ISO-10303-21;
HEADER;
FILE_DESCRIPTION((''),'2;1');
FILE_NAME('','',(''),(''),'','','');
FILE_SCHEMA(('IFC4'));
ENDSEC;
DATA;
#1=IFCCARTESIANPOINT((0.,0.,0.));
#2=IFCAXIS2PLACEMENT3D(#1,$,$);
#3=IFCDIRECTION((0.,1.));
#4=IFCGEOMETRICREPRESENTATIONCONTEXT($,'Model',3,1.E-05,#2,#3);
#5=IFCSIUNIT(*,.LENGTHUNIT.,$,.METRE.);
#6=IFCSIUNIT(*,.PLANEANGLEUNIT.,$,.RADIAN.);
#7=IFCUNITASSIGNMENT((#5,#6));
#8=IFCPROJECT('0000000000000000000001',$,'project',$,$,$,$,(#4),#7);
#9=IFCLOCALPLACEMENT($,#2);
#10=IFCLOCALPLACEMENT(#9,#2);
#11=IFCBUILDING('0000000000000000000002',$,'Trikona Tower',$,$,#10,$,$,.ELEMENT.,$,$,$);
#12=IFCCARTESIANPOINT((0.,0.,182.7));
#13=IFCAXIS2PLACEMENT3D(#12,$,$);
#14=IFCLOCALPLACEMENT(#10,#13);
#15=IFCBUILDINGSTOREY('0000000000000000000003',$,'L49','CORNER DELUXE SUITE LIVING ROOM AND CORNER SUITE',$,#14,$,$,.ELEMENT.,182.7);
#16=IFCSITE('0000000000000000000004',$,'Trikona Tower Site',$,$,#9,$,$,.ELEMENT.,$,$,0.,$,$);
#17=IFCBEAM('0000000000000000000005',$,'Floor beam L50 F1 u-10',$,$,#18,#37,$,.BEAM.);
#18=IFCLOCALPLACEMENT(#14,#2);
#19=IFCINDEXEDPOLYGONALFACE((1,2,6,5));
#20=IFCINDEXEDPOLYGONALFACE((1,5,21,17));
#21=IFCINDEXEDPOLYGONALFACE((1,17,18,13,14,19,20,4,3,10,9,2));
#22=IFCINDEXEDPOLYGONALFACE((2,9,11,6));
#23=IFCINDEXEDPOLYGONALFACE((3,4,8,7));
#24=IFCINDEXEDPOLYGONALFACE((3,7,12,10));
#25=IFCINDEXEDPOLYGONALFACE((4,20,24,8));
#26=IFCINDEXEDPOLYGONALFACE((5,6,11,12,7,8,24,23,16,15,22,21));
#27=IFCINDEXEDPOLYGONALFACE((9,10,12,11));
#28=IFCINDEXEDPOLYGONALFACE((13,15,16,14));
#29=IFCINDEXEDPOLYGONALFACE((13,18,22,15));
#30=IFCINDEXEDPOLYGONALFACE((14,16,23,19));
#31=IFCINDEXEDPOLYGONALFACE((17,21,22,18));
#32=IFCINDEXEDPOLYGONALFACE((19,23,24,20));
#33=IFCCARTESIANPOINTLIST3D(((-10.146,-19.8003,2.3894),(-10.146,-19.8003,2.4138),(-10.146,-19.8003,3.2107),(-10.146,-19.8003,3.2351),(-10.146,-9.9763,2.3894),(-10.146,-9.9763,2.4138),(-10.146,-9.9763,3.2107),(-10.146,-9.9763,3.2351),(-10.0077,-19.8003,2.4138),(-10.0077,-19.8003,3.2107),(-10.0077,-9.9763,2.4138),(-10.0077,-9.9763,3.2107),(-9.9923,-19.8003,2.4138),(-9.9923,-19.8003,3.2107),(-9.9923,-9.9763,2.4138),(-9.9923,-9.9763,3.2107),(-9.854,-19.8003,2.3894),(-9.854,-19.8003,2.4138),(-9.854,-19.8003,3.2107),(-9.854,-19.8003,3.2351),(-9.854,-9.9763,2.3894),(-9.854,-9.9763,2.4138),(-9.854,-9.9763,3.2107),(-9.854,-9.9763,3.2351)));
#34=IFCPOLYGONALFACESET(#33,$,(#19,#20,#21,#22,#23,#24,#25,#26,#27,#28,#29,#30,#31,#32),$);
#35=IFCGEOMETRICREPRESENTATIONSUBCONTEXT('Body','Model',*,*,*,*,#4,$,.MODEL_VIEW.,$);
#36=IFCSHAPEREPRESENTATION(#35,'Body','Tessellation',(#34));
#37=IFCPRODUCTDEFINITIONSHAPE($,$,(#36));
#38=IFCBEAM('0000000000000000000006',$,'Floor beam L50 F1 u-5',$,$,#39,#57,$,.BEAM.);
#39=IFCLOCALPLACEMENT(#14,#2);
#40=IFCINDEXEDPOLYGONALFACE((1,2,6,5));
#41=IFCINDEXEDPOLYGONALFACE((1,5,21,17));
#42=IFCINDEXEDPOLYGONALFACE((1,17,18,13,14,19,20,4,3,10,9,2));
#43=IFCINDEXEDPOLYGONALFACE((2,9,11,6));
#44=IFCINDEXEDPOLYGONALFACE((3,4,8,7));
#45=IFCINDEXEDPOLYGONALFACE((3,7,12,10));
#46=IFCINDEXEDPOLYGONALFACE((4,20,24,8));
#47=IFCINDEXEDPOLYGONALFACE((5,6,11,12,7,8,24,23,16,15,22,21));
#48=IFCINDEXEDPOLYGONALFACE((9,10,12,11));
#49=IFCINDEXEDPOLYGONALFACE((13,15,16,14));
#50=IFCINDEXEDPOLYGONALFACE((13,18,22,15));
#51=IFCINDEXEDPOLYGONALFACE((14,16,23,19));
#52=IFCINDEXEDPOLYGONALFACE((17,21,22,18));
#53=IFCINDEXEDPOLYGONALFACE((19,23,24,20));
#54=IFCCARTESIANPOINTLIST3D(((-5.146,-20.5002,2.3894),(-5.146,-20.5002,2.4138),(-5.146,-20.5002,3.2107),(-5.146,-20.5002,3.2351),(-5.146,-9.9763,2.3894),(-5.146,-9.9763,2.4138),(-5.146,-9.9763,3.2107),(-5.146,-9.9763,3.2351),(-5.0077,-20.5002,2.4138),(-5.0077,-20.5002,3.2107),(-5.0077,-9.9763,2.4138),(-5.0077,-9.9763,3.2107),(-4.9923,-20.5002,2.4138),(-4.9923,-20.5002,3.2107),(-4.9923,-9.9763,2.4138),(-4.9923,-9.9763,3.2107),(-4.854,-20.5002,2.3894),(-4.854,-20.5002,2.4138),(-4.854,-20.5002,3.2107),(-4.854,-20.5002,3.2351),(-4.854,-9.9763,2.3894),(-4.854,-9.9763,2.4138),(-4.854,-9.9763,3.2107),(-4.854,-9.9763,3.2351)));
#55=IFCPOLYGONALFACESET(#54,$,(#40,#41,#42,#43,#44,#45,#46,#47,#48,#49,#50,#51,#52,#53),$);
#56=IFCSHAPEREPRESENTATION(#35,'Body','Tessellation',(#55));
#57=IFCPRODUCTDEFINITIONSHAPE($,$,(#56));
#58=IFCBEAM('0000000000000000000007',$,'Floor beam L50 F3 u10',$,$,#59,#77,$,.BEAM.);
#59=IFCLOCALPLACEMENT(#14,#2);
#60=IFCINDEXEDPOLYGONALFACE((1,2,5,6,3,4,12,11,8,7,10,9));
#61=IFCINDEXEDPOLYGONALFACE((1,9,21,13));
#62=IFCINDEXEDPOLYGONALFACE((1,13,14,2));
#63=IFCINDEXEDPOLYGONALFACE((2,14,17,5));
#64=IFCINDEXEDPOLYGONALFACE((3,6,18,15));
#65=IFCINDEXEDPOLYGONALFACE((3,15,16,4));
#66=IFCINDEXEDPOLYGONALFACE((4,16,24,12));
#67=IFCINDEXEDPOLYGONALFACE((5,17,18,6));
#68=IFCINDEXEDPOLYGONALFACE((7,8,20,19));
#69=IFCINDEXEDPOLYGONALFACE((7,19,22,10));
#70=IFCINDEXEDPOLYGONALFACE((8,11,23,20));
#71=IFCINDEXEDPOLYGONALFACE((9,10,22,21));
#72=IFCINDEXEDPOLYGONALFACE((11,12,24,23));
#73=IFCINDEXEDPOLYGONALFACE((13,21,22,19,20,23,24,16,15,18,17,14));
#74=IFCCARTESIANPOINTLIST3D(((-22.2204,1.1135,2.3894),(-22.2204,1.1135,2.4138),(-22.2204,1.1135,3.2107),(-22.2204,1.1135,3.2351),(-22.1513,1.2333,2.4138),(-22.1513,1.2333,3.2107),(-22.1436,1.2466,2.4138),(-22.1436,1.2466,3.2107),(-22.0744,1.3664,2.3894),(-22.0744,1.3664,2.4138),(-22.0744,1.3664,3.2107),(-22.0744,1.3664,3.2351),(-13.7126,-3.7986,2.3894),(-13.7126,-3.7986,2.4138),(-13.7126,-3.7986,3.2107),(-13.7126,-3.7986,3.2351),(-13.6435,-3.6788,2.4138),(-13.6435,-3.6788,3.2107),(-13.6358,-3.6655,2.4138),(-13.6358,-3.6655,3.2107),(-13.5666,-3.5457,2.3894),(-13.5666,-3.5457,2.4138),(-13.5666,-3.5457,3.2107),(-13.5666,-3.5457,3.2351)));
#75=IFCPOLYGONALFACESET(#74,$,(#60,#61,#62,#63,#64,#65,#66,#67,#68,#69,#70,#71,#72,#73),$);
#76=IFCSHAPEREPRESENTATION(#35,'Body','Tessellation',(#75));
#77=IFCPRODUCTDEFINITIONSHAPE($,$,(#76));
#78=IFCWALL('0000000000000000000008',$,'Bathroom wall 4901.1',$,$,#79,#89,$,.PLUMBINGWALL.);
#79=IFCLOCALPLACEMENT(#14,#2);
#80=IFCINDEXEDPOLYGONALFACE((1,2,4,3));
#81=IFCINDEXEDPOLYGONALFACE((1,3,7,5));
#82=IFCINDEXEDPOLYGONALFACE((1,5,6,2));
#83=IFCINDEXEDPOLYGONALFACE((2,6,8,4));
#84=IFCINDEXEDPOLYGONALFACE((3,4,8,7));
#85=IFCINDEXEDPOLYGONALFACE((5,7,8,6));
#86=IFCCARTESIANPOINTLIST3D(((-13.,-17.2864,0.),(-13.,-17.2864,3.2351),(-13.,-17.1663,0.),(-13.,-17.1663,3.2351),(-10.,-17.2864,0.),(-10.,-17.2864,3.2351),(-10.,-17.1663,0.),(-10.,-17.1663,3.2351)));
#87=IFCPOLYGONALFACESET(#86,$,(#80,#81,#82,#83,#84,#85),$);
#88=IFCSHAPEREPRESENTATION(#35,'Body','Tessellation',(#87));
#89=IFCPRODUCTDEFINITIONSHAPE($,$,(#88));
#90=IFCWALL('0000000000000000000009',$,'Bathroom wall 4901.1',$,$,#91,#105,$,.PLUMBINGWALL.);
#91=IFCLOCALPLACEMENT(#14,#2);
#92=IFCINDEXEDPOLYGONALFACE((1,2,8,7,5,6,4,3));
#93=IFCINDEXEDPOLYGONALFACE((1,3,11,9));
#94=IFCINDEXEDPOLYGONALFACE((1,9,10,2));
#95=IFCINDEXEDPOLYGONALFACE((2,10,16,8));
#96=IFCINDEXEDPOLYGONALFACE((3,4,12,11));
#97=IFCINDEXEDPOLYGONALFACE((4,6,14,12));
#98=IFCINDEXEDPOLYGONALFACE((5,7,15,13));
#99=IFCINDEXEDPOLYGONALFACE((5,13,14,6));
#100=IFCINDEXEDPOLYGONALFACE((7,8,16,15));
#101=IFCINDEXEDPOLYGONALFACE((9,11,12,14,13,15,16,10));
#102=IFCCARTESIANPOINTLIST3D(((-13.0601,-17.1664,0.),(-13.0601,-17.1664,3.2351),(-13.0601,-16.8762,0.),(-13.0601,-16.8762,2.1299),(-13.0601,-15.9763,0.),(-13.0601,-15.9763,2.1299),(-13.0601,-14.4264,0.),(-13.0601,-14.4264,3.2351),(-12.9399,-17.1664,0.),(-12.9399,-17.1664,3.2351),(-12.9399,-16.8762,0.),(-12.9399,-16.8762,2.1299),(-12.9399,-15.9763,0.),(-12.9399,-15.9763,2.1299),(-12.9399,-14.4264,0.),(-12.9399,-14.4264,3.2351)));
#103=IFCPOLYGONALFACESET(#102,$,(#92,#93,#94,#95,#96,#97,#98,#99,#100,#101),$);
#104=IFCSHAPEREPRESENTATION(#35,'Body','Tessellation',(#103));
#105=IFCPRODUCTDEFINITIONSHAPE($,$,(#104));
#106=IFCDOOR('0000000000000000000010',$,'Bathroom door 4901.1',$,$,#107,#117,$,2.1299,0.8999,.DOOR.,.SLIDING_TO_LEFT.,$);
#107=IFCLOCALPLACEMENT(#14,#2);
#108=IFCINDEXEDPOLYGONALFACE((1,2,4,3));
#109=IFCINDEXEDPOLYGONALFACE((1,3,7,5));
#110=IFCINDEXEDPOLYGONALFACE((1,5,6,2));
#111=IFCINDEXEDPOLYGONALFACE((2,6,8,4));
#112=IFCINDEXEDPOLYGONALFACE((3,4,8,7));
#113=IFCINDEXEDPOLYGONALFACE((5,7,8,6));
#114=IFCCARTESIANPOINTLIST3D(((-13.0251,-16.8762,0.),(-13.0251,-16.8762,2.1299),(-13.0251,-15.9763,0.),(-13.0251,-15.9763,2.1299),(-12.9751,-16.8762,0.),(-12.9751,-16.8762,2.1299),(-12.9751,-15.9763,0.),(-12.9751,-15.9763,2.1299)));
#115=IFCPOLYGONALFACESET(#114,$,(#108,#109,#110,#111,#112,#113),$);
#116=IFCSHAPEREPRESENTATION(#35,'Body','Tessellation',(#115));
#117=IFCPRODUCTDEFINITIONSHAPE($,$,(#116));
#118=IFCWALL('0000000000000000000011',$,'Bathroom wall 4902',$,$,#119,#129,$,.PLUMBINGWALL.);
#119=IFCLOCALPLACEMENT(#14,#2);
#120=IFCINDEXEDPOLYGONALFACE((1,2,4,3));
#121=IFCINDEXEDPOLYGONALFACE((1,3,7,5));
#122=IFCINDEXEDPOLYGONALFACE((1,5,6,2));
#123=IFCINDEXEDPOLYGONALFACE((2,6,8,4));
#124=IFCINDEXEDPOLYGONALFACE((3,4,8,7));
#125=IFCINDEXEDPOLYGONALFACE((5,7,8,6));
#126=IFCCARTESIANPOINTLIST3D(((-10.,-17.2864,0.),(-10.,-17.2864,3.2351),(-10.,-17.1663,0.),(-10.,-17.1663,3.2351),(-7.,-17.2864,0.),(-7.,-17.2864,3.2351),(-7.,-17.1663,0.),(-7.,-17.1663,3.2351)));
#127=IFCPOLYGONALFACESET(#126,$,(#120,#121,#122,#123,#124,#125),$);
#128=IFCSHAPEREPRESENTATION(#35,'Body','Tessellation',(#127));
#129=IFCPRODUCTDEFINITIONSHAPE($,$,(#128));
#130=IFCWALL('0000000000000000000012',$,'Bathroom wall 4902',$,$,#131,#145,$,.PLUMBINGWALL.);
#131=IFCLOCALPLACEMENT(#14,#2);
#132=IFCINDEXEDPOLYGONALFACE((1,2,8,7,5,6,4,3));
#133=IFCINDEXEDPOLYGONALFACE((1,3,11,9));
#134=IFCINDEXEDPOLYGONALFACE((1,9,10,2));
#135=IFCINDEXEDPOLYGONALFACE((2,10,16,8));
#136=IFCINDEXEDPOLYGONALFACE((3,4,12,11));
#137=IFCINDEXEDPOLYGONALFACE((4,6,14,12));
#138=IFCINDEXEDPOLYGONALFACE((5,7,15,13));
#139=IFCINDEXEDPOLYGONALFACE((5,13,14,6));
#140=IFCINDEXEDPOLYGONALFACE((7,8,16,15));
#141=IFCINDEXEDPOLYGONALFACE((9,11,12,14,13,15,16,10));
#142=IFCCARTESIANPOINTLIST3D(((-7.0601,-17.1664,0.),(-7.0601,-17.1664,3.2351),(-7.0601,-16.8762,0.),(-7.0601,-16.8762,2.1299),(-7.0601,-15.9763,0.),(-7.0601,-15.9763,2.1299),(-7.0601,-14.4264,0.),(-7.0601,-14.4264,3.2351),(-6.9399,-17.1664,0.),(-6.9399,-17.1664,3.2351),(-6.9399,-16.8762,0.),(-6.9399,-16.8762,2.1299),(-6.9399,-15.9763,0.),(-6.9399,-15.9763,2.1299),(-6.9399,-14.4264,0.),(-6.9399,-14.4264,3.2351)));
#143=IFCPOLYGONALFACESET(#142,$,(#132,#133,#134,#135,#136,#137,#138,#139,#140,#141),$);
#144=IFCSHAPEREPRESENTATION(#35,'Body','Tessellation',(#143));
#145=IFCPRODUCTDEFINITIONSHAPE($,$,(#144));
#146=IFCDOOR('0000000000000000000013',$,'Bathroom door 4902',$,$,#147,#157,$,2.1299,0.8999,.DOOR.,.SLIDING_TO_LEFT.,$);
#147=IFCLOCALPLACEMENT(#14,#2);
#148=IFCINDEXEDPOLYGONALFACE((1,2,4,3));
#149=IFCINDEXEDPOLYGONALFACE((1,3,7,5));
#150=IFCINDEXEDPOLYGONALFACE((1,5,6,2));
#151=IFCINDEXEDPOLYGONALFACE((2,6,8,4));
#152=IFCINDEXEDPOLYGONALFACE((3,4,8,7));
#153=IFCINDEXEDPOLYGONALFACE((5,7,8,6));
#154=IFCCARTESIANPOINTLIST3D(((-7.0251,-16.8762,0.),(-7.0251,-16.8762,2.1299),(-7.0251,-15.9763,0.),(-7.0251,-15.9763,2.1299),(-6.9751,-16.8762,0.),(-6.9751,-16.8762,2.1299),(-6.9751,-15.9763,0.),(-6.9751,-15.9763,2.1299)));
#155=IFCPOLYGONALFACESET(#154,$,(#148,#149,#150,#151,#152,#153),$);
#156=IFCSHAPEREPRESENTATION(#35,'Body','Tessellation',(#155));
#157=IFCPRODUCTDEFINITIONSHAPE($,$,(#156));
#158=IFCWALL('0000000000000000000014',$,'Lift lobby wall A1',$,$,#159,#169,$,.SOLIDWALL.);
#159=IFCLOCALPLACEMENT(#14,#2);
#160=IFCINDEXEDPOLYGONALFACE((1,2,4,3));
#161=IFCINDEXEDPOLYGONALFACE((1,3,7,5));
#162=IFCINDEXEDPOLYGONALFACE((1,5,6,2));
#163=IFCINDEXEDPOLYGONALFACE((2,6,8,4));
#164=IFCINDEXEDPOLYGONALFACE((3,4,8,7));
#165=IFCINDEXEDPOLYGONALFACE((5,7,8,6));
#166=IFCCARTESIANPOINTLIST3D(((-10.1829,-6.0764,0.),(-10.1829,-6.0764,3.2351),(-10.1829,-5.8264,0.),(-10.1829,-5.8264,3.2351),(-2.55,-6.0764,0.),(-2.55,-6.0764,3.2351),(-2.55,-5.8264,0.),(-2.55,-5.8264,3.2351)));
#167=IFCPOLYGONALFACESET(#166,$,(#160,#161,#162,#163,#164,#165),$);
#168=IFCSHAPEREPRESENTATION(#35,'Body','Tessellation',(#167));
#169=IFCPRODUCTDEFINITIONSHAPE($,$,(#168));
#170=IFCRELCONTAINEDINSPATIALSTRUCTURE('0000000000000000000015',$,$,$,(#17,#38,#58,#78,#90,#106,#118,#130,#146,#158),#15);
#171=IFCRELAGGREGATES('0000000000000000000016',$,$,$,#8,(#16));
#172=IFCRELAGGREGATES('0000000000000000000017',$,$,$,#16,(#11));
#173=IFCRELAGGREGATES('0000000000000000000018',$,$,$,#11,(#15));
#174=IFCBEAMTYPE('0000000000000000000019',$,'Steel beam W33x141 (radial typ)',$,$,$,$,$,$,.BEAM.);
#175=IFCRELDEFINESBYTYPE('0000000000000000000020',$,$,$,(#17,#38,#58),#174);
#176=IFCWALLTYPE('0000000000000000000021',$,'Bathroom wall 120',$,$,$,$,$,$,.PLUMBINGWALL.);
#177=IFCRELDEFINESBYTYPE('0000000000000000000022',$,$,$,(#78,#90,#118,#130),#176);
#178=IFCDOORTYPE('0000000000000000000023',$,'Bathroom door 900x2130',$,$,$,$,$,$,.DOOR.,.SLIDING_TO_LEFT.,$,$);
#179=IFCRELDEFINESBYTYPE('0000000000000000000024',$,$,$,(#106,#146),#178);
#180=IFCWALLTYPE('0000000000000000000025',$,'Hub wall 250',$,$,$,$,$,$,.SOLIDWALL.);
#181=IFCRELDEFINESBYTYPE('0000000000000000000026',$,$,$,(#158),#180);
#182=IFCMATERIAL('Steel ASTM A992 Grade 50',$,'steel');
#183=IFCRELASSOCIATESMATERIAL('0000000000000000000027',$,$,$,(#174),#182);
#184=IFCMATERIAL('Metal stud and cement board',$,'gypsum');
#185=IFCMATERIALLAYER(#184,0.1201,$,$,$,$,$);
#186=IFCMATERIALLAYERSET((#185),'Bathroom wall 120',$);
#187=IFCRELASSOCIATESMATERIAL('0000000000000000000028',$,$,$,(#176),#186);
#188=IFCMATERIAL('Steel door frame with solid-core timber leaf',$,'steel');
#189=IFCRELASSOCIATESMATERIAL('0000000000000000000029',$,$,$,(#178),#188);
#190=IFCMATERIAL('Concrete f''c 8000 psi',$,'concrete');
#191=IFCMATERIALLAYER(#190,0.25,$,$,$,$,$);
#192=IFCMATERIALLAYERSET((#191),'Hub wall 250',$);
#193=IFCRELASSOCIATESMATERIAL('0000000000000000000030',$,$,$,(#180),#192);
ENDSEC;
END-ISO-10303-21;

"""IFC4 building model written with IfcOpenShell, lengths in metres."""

from ifc_helpers import new_model, si_unit, direction, frame, frame_2d, origin, origin_2d, place, context, subcontext, project, spatial, rectangle, i_section, extrude, material, layer, layer_set, material_profile, profile_set, type_object, element, fill, save


model = new_model("IFC4")

# Units and contexts
model_context = context("Model", 3, precision=1e-05, world=origin(), true_north=direction((0.0, 1.0)))
body_context = subcontext(model_context, "Body", "Model", "MODEL_VIEW")
ifc_project = project(units=[si_unit("LENGTHUNIT", "METRE"), si_unit("PLANEANGLEUNIT", "RADIAN")], contexts=[model_context])

# Site, building, storey
site_placement = place(None, origin())
site = spatial("IfcSite", under=ifc_project, at=site_placement, Name="Trikona Tower Site", CompositionType="ELEMENT", RefElevation=0.0)
building_placement = place(site_placement, origin())
building = spatial("IfcBuilding", under=site, at=building_placement, Name="Trikona Tower", CompositionType="ELEMENT")
storey_placement = place(building_placement, frame((0.0, 0.0, 182.7)))
storey = spatial("IfcBuildingStorey", under=building, at=storey_placement, Name="L49", Description="CORNER DELUXE SUITE LIVING ROOM AND CORNER SUITE", CompositionType="ELEMENT", Elevation=182.7)

# Beams
ifc_material_1 = material(Name="Steel ASTM A992 Grade 50", Category="steel")
ifc_material_profile = material_profile(ifc_material_1, i_section(OverallWidth=0.292, OverallDepth=0.8457, WebThickness=0.0154, FlangeThickness=0.0244, at=origin_2d()), Name="W33X141")
ifc_profile_set = profile_set([ifc_material_profile], Name="Steel ASTM A992 Grade 50")
beam_type = type_object("IfcBeamType", Name="Steel beam W33x141 (radial typ)", PredefinedType="BEAM", material=ifc_profile_set)
beam_1_placement = place(storey_placement, frame((-10.0, -9.9763, 2.8123), z_axis=(0.0, -1.0, 0.0), x_axis=(1.0, 0.0, 0.0)))
element("IfcBeam", 1, at=beam_1_placement, inside=storey, type_object=beam_type, Name="Floor beam L50 F1 u-10", PredefinedType="BEAM", context=body_context, shape_type="SweptSolid", body=[
    extrude(i_section(OverallWidth=0.292, OverallDepth=0.8457, WebThickness=0.0154, FlangeThickness=0.0244, at=origin_2d()), origin(), (0.0, 0.0, 1.0), 9.824),
])
beam_2_placement = place(storey_placement, frame((-5.0, -9.9763, 2.8123), z_axis=(0.0, -1.0, 0.0), x_axis=(1.0, 0.0, 0.0)))
element("IfcBeam", 2, at=beam_2_placement, inside=storey, type_object=beam_type, Name="Floor beam L50 F1 u-5", PredefinedType="BEAM", context=body_context, shape_type="SweptSolid", body=[
    extrude(i_section(OverallWidth=0.292, OverallDepth=0.8457, WebThickness=0.0154, FlangeThickness=0.0244, at=origin_2d()), origin(), (0.0, 0.0, 1.0), 10.5239),
])
beam_3_placement = place(storey_placement, frame((-13.6396, -3.6721, 2.8123), z_axis=(-0.86602, 0.500009, 0.0), x_axis=(-0.500009, -0.86602, 0.0)))
element("IfcBeam", 3, at=beam_3_placement, inside=storey, type_object=beam_type, Name="Floor beam L50 F3 u10", PredefinedType="BEAM", context=body_context, shape_type="SweptSolid", body=[
    extrude(i_section(OverallWidth=0.292, OverallDepth=0.8457, WebThickness=0.0154, FlangeThickness=0.0244, at=origin_2d()), origin(), (0.0, 0.0, 1.0), 9.824),
])

# Wall
ifc_material_2 = material(Name="Metal stud and cement board", Category="gypsum")
ifc_layer_1 = layer(ifc_material_2, 0.1201)
ifc_layer_set_1 = layer_set([ifc_layer_1], Name="Bathroom wall 120")
wall_type_1 = type_object("IfcWallType", Name="Bathroom wall 120", PredefinedType="PLUMBINGWALL", material=ifc_layer_set_1)
wall_1_placement = place(storey_placement, frame((-13.0, -17.2263, 0.0), z_axis=(0.0, 0.0, 1.0), x_axis=(1.0, 0.0, 0.0)))
element("IfcWall", 4, at=wall_1_placement, inside=storey, type_object=wall_type_1, Name="Bathroom wall 4901.1", PredefinedType="PLUMBINGWALL", context=body_context, shape_type="SweptSolid", body=[
    extrude(rectangle(XDim=3.0, YDim=0.1201, at=frame_2d((1.5, 0.0))), origin(), (0.0, 0.0, 1.0), 3.2351),
])

# Wall, opening, door
wall_2_placement = place(storey_placement, frame((-13.0, -14.4263, 0.0), z_axis=(0.0, 0.0, 1.0), x_axis=(0.0, -1.0, 0.0)))
wall_2 = element("IfcWall", 5, at=wall_2_placement, inside=storey, type_object=wall_type_1, Name="Bathroom wall 4901.1", PredefinedType="PLUMBINGWALL", context=body_context, shape_type="SweptSolid", body=[
    extrude(rectangle(XDim=2.74, YDim=0.1201, at=frame_2d((1.3701, 0.0))), origin(), (0.0, 0.0, 1.0), 3.2351),
])
opening_1_placement = place(wall_2_placement, frame((1.55, 0.0, 0.0)))
opening_1 = element("IfcOpeningElement", 6, at=opening_1_placement, cuts=wall_2, PredefinedType="OPENING", context=body_context, shape_type="SweptSolid", body=[
    extrude(rectangle(XDim=0.8999, YDim=2.1299, at=frame_2d((0.45, 1.0649))), frame((0.0, 0.0701, 0.0), z_axis=(0.0, -1.0, 0.0), x_axis=(1.0, 0.0, 0.0)), (0.0, 0.0, 1.0), 0.1401),
])
ifc_material_3 = material(Name="Steel door frame with solid-core timber leaf", Category="steel")
door_type_1 = type_object("IfcDoorType", Name="Bathroom door 900x2130", OperationType="SLIDING_TO_LEFT", PredefinedType="DOOR", material=ifc_material_3)
door_1_placement = place(opening_1_placement, origin())
door_1 = element("IfcDoor", 7, at=door_1_placement, inside=storey, type_object=door_type_1, Name="Bathroom door 4901.1", OperationType="SLIDING_TO_LEFT", OverallHeight=2.1299, OverallWidth=0.8999, PredefinedType="DOOR", context=body_context, shape_type="SweptSolid", body=[
    extrude(rectangle(XDim=0.8999, YDim=2.1299, at=frame_2d((0.45, 1.0649))), frame((0.0, 0.0249, 0.0), z_axis=(0.0, -1.0, 0.0), x_axis=(1.0, 0.0, 0.0)), (0.0, 0.0, 1.0), 0.05),
])
fill(opening_1, door_1)

# Wall
wall_3_placement = place(storey_placement, frame((-10.0, -17.2263, 0.0), z_axis=(0.0, 0.0, 1.0), x_axis=(1.0, 0.0, 0.0)))
element("IfcWall", 8, at=wall_3_placement, inside=storey, type_object=wall_type_1, Name="Bathroom wall 4902", PredefinedType="PLUMBINGWALL", context=body_context, shape_type="SweptSolid", body=[
    extrude(rectangle(XDim=3.0, YDim=0.1201, at=frame_2d((1.5, 0.0))), origin(), (0.0, 0.0, 1.0), 3.2351),
])

# Wall, opening, door
wall_4_placement = place(storey_placement, frame((-7.0, -14.4263, 0.0), z_axis=(0.0, 0.0, 1.0), x_axis=(0.0, -1.0, 0.0)))
wall_4 = element("IfcWall", 9, at=wall_4_placement, inside=storey, type_object=wall_type_1, Name="Bathroom wall 4902", PredefinedType="PLUMBINGWALL", context=body_context, shape_type="SweptSolid", body=[
    extrude(rectangle(XDim=2.74, YDim=0.1201, at=frame_2d((1.3701, 0.0))), origin(), (0.0, 0.0, 1.0), 3.2351),
])
opening_2_placement = place(wall_4_placement, frame((1.55, 0.0, 0.0)))
opening_2 = element("IfcOpeningElement", 10, at=opening_2_placement, cuts=wall_4, PredefinedType="OPENING", context=body_context, shape_type="SweptSolid", body=[
    extrude(rectangle(XDim=0.8999, YDim=2.1299, at=frame_2d((0.45, 1.0649))), frame((0.0, 0.0701, 0.0), z_axis=(0.0, -1.0, 0.0), x_axis=(1.0, 0.0, 0.0)), (0.0, 0.0, 1.0), 0.1401),
])
door_2_placement = place(opening_2_placement, origin())
door_2 = element("IfcDoor", 11, at=door_2_placement, inside=storey, type_object=door_type_1, Name="Bathroom door 4902", OperationType="SLIDING_TO_LEFT", OverallHeight=2.1299, OverallWidth=0.8999, PredefinedType="DOOR", context=body_context, shape_type="SweptSolid", body=[
    extrude(rectangle(XDim=0.8999, YDim=2.1299, at=frame_2d((0.45, 1.0649))), frame((0.0, 0.0249, 0.0), z_axis=(0.0, -1.0, 0.0), x_axis=(1.0, 0.0, 0.0)), (0.0, 0.0, 1.0), 0.05),
])
fill(opening_2, door_2)

# Wall
ifc_material_4 = material(Name="Concrete f'c 8000 psi", Category="concrete")
ifc_layer_2 = layer(ifc_material_4, 0.25)
ifc_layer_set_2 = layer_set([ifc_layer_2], Name="Hub wall 250")
wall_type_2 = type_object("IfcWallType", Name="Hub wall 250", PredefinedType="SOLIDWALL", material=ifc_layer_set_2)
wall_5_placement = place(storey_placement, frame((-10.1829, -5.9514, 0.0), z_axis=(0.0, 0.0, 1.0), x_axis=(1.0, 0.0, 0.0)))
element("IfcWall", 12, at=wall_5_placement, inside=storey, type_object=wall_type_2, Name="Lift lobby wall A1", PredefinedType="SOLIDWALL", context=body_context, shape_type="SweptSolid", body=[
    extrude(rectangle(XDim=7.6328, YDim=0.25, at=frame_2d((3.8164, 0.0))), origin(), (0.0, 0.0, 1.0), 3.2351),
])

save(model, "model.ifc")
